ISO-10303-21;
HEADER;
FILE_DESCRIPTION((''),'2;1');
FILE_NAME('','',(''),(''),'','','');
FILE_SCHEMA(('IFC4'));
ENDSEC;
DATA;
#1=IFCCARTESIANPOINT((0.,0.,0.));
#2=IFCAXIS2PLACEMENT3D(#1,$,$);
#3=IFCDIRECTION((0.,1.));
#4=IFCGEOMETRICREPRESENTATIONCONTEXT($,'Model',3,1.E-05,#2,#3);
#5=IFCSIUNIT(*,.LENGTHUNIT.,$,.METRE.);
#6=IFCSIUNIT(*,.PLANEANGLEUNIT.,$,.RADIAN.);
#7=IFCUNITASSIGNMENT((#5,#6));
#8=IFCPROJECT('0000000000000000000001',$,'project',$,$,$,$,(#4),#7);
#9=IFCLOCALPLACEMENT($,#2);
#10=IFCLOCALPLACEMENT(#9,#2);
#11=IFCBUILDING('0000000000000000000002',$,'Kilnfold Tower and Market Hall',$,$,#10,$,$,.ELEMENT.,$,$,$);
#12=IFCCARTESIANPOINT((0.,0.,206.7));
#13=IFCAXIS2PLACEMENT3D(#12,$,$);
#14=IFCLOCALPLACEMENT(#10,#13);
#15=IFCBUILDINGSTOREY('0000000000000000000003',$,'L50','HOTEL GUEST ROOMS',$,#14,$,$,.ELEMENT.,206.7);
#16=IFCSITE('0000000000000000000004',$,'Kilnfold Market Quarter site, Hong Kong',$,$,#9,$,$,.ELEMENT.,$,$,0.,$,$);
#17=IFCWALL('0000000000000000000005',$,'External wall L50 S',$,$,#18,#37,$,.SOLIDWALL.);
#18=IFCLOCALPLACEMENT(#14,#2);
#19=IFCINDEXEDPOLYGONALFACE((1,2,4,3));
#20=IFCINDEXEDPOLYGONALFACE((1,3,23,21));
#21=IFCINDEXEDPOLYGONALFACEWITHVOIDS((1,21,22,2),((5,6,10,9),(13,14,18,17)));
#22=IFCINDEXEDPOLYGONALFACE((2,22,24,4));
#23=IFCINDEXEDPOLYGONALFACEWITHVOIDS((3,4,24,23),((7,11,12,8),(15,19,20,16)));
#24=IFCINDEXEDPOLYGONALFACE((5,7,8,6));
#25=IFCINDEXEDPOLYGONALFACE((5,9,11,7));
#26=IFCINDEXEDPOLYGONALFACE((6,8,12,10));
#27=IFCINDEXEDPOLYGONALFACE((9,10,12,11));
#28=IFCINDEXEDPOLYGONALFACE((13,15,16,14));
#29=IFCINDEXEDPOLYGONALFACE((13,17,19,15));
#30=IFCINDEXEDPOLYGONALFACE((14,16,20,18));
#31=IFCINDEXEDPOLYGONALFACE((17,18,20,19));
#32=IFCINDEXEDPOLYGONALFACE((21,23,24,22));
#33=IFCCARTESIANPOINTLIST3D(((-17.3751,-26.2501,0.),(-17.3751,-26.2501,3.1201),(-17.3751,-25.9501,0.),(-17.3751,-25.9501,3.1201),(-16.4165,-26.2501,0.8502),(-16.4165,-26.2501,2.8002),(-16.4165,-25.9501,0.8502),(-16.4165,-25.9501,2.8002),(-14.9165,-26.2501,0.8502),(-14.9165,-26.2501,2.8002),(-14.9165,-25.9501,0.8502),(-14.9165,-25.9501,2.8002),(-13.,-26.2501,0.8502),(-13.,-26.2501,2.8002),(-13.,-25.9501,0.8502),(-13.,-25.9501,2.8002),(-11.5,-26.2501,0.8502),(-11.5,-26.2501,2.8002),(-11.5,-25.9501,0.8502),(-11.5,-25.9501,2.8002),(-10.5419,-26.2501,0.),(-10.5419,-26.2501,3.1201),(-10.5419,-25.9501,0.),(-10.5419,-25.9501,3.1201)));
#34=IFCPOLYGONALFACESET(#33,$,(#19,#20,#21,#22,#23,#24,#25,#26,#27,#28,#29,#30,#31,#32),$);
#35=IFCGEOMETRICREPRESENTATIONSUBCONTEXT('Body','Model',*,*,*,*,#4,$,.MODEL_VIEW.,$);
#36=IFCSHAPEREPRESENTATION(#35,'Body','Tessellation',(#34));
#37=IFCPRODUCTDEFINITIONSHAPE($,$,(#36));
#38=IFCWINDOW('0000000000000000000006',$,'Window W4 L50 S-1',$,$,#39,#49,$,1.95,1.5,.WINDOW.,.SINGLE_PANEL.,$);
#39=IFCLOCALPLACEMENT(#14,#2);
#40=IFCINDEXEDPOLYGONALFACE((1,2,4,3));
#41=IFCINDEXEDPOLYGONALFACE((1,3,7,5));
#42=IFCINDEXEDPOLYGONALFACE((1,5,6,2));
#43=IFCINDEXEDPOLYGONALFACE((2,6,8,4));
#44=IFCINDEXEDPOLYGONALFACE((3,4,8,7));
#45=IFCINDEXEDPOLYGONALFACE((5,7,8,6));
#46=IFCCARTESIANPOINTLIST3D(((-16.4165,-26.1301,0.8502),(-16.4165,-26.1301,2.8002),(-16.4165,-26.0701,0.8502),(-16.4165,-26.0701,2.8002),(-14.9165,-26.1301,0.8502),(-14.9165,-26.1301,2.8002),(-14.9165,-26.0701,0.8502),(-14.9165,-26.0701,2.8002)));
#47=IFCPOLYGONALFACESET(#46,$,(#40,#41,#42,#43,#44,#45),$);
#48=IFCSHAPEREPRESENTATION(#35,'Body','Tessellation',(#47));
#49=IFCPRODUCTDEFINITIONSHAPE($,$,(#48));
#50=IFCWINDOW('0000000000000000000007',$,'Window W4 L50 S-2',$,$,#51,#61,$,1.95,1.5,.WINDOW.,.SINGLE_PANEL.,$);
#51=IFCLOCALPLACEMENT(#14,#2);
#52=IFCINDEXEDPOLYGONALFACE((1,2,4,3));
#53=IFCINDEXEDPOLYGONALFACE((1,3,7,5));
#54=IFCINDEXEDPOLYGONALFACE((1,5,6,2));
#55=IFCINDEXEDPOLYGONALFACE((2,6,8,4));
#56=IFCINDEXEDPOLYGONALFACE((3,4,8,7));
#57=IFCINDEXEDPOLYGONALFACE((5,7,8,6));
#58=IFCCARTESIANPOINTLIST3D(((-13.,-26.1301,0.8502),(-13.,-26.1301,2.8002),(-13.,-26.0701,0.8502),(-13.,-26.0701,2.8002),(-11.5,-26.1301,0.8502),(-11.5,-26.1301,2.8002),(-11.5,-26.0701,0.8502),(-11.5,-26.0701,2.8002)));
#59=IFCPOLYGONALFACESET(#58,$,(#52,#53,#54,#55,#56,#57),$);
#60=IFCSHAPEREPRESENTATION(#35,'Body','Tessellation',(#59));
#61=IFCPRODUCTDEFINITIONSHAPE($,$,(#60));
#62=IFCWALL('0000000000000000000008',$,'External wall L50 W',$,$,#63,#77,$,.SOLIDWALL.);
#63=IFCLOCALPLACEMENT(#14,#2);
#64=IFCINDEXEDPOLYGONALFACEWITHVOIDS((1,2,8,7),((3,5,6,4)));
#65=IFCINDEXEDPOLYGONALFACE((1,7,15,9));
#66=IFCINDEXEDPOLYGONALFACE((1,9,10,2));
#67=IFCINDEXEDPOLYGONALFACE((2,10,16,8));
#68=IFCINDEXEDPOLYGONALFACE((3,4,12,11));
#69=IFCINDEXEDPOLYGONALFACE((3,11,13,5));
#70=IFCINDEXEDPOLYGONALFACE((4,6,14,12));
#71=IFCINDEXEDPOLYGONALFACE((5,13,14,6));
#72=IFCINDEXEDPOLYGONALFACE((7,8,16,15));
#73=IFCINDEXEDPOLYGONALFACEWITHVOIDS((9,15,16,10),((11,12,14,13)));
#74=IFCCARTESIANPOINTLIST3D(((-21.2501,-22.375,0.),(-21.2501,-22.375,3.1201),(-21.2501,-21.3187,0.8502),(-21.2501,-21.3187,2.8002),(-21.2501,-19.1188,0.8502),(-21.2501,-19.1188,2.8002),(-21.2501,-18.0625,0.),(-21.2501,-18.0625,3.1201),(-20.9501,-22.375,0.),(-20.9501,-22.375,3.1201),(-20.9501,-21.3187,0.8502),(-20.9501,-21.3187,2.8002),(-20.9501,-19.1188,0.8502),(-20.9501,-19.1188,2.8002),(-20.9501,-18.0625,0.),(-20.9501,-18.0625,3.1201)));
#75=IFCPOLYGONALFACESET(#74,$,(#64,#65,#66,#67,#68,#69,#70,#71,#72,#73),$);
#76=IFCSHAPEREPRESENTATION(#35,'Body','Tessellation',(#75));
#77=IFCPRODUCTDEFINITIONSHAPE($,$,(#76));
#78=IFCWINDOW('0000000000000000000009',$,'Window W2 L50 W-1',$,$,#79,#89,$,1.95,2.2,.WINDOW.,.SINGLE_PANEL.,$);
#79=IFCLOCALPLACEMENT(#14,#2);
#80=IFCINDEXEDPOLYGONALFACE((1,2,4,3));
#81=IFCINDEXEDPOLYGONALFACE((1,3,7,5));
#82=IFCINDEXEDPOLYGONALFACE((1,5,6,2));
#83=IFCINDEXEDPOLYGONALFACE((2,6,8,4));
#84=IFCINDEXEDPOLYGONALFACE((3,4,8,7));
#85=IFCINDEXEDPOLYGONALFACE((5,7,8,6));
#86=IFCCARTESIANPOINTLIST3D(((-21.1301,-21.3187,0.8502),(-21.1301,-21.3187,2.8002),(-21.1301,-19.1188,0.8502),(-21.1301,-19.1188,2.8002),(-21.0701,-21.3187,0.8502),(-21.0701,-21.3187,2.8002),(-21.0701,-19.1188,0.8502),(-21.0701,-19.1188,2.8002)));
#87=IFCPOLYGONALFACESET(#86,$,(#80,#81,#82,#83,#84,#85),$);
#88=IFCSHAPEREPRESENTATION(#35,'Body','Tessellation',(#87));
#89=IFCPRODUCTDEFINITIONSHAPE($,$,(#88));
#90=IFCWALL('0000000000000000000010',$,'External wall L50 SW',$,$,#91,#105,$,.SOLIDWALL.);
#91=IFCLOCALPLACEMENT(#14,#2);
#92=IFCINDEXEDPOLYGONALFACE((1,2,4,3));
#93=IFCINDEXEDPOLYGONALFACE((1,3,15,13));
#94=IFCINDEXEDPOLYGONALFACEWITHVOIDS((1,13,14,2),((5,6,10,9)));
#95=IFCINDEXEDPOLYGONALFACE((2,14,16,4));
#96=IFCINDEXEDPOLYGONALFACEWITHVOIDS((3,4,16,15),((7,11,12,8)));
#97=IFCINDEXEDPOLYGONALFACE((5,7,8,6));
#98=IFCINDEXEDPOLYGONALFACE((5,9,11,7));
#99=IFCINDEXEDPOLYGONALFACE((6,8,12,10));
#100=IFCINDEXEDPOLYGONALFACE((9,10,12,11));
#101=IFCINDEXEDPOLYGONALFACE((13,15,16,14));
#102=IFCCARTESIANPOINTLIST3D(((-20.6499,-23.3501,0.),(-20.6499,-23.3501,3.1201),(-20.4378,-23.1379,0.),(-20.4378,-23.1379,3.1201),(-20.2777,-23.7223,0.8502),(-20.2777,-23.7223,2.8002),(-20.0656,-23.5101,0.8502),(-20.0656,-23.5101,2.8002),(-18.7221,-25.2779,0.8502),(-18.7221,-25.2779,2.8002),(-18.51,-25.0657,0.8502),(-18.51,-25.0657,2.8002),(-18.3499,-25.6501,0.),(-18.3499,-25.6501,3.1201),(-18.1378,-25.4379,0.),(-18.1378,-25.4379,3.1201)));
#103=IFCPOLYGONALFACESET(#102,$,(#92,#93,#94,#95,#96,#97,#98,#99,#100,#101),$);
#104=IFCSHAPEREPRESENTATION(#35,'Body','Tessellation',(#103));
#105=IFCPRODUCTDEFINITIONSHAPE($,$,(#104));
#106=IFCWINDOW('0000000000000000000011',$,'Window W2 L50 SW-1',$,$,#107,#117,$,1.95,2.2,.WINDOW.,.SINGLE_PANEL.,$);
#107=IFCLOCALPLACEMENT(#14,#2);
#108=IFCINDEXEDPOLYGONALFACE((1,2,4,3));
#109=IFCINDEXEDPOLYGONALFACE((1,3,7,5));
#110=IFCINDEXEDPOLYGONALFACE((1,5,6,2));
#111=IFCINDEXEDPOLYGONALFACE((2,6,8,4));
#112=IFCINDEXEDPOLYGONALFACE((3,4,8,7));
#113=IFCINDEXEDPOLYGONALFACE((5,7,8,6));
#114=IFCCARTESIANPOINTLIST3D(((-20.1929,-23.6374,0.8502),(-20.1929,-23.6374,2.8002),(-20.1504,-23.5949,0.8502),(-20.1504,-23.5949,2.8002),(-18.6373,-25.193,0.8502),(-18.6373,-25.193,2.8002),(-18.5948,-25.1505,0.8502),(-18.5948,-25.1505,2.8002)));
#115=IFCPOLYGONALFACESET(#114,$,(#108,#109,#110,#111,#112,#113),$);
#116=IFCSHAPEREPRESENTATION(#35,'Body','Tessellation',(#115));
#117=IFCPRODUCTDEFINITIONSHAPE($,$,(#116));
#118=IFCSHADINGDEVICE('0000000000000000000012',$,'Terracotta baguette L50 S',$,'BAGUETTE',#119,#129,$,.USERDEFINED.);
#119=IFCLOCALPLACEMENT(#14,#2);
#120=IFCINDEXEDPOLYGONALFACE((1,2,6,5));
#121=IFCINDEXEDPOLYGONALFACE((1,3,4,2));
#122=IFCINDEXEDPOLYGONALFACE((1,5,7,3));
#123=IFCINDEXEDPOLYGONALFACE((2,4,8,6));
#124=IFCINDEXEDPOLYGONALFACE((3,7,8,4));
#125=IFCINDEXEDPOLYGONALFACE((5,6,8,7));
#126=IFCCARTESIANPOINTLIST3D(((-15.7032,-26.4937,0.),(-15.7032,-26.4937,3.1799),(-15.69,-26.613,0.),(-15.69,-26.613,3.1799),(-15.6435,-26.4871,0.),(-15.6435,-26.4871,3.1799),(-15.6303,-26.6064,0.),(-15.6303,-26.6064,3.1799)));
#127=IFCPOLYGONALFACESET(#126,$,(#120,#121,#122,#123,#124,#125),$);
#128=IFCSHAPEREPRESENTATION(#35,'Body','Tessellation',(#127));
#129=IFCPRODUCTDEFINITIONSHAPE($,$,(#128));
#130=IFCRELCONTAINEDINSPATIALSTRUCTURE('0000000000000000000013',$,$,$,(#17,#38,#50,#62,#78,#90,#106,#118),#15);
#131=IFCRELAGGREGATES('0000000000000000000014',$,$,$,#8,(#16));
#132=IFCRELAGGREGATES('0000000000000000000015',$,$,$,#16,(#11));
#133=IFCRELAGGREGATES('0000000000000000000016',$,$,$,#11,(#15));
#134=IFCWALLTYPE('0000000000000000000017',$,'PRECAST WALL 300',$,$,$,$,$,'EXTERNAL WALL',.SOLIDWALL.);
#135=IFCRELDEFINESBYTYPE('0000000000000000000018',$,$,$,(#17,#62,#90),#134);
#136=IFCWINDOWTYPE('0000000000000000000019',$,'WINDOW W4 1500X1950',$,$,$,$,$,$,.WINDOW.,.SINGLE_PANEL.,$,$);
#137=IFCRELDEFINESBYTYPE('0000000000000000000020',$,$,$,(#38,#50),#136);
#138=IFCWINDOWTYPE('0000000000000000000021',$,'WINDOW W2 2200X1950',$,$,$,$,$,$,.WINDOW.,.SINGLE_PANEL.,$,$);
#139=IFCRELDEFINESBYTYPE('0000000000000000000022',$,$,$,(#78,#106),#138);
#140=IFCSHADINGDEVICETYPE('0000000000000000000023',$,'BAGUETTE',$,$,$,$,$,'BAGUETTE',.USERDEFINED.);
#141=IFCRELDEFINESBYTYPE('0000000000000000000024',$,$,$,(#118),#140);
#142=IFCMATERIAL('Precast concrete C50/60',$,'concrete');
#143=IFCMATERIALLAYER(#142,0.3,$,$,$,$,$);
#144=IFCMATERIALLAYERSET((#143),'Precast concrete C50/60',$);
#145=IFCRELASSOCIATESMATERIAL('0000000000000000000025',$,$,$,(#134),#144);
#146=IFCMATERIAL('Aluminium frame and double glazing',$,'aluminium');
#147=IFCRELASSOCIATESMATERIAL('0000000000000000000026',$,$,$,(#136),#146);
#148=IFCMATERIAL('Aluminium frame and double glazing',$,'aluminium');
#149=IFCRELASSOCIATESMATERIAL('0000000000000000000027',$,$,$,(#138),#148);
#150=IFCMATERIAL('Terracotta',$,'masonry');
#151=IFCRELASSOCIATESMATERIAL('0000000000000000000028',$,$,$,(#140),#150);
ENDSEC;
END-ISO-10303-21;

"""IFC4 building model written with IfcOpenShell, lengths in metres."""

from ifc_helpers import new_model, si_unit, direction, frame, frame_2d, origin, origin_2d, place, context, subcontext, project, spatial, rectangle, extrude, source, transform, mapped, material, layer, layer_set, material_profile, profile_set, type_object, element, fill, save


model = new_model("IFC4")

# Units and contexts
model_context = context("Model", 3, precision=1e-05, world=origin(), true_north=direction((0.0, 1.0)))
body_context = subcontext(model_context, "Body", "Model", "MODEL_VIEW")
ifc_project = project(units=[si_unit("LENGTHUNIT", "METRE"), si_unit("PLANEANGLEUNIT", "RADIAN")], contexts=[model_context])

# Site, building, storey
site_placement = place(None, origin())
site = spatial("IfcSite", under=ifc_project, at=site_placement, Name="Kilnfold Market Quarter site, Hong Kong", CompositionType="ELEMENT", RefElevation=0.0)
building_placement = place(site_placement, origin())
building = spatial("IfcBuilding", under=site, at=building_placement, Name="Kilnfold Tower and Market Hall", CompositionType="ELEMENT")
storey_placement = place(building_placement, frame((0.0, 0.0, 206.7)))
storey = spatial("IfcBuildingStorey", under=building, at=storey_placement, Name="L50", Description="HOTEL GUEST ROOMS", CompositionType="ELEMENT", Elevation=206.7)

# Wall, openings, windows
ifc_material_1 = material(Name="Precast concrete C50/60", Category="concrete")
ifc_layer_1 = layer(ifc_material_1, 0.3)
ifc_layer_set_1 = layer_set([ifc_layer_1], Name="Precast concrete C50/60")
wall_type_1 = type_object("IfcWallType", Name="PRECAST WALL 300", ElementType="EXTERNAL WALL", PredefinedType="SOLIDWALL", material=ifc_layer_set_1)
shared_shape_1 = source(origin(), body_context, "Body", "SweptSolid", [
    extrude(rectangle(XDim=6.8333, YDim=0.3, at=frame_2d((3.4165, 0.0))), origin(), (0.0, 0.0, 1.0), 3.1201),
])
wall_1_placement = place(storey_placement, frame((-17.375, -26.1001, 0.0), z_axis=(0.0, 0.0, 1.0), x_axis=(1.0, 0.0, 0.0)))
wall_1 = element("IfcWall", 1, at=wall_1_placement, inside=storey, type_object=wall_type_1, Name="External wall L50 S", PredefinedType="SOLIDWALL", context=body_context, shape_type="MappedRepresentation", body=[
    mapped(shared_shape_1, transform((0.0, 0.0, 0.0))),
])
opening_1_placement = place(wall_1_placement, frame((0.9585, 0.0, 0.8501)))
opening_1 = element("IfcOpeningElement", 2, at=opening_1_placement, cuts=wall_1, PredefinedType="OPENING", context=body_context, shape_type="SweptSolid", body=[
    extrude(rectangle(XDim=1.5, YDim=1.95, at=frame_2d((0.75, 0.9751))), frame((0.0, 0.1602, 0.0), z_axis=(0.0, -1.0, 0.0), x_axis=(1.0, 0.0, 0.0)), (0.0, 0.0, 1.0), 0.3201),
])
opening_2_placement = place(wall_1_placement, frame((4.375, 0.0, 0.8501)))
opening_2 = element("IfcOpeningElement", 3, at=opening_2_placement, cuts=wall_1, PredefinedType="OPENING", context=body_context, shape_type="SweptSolid", body=[
    extrude(rectangle(XDim=1.5, YDim=1.95, at=frame_2d((0.75, 0.9751))), frame((0.0, 0.1602, 0.0), z_axis=(0.0, -1.0, 0.0), x_axis=(1.0, 0.0, 0.0)), (0.0, 0.0, 1.0), 0.3201),
])
ifc_material_2 = material(Name="Aluminium frame and double glazing", Category="aluminium")
window_type_1 = type_object("IfcWindowType", Name="WINDOW W4 1500X1950", PartitioningType="SINGLE_PANEL", PredefinedType="WINDOW", material=ifc_material_2)
window_1_placement = place(opening_1_placement, origin())
window_1 = element("IfcWindow", 4, at=window_1_placement, inside=storey, type_object=window_type_1, Name="Window W4 L50 S-1", OverallHeight=1.95, OverallWidth=1.5, PartitioningType="SINGLE_PANEL", PredefinedType="WINDOW", context=body_context, shape_type="SweptSolid", body=[
    extrude(rectangle(XDim=1.5, YDim=1.95, at=frame_2d((0.75, 0.9751))), frame((0.0, 0.03, 0.0), z_axis=(0.0, -1.0, 0.0), x_axis=(1.0, 0.0, 0.0)), (0.0, 0.0, 1.0), 0.0601),
])
fill(opening_1, window_1)
window_2_placement = place(opening_2_placement, origin())
window_2 = element("IfcWindow", 5, at=window_2_placement, inside=storey, type_object=window_type_1, Name="Window W4 L50 S-2", OverallHeight=1.95, OverallWidth=1.5, PartitioningType="SINGLE_PANEL", PredefinedType="WINDOW", context=body_context, shape_type="SweptSolid", body=[
    extrude(rectangle(XDim=1.5, YDim=1.95, at=frame_2d((0.75, 0.9751))), frame((0.0, 0.03, 0.0), z_axis=(0.0, -1.0, 0.0), x_axis=(1.0, 0.0, 0.0)), (0.0, 0.0, 1.0), 0.0601),
])
fill(opening_2, window_2)

# Walls, openings, windows
shared_shape_2 = source(origin(), body_context, "Body", "SweptSolid", [
    extrude(rectangle(XDim=4.3125, YDim=0.3, at=frame_2d((2.1562, 0.0))), origin(), (0.0, 0.0, 1.0), 3.1201),
])
wall_2_placement = place(storey_placement, frame((-21.1001, -18.0625, 0.0), z_axis=(0.0, 0.0, 1.0), x_axis=(0.0, -1.0, 0.0)))
wall_2 = element("IfcWall", 6, at=wall_2_placement, inside=storey, type_object=wall_type_1, Name="External wall L50 W", PredefinedType="SOLIDWALL", context=body_context, shape_type="MappedRepresentation", body=[
    mapped(shared_shape_2, transform((0.0, 0.0, 0.0))),
])
opening_3_placement = place(wall_2_placement, frame((1.0562, 0.0, 0.8501)))
opening_3 = element("IfcOpeningElement", 7, at=opening_3_placement, cuts=wall_2, PredefinedType="OPENING", context=body_context, shape_type="SweptSolid", body=[
    extrude(rectangle(XDim=2.2, YDim=1.95, at=frame_2d((1.1001, 0.9751))), frame((0.0, 0.1602, 0.0), z_axis=(0.0, -1.0, 0.0), x_axis=(1.0, 0.0, 0.0)), (0.0, 0.0, 1.0), 0.3201),
])
ifc_material_3 = material(Name="Aluminium frame and double glazing", Category="aluminium")
window_type_2 = type_object("IfcWindowType", Name="WINDOW W2 2200X1950", PartitioningType="SINGLE_PANEL", PredefinedType="WINDOW", material=ifc_material_3)
window_3_placement = place(opening_3_placement, origin())
window_3 = element("IfcWindow", 8, at=window_3_placement, inside=storey, type_object=window_type_2, Name="Window W2 L50 W-1", OverallHeight=1.95, OverallWidth=2.2, PartitioningType="SINGLE_PANEL", PredefinedType="WINDOW", context=body_context, shape_type="SweptSolid", body=[
    extrude(rectangle(XDim=2.2, YDim=1.95, at=frame_2d((1.1001, 0.9751))), frame((0.0, 0.03, 0.0), z_axis=(0.0, -1.0, 0.0), x_axis=(1.0, 0.0, 0.0)), (0.0, 0.0, 1.0), 0.0601),
])
fill(opening_3, window_3)
shared_shape_3 = source(origin(), body_context, "Body", "SweptSolid", [
    extrude(rectangle(XDim=3.2527, YDim=0.3, at=frame_2d((1.6265, 0.0))), origin(), (0.0, 0.0, 1.0), 3.1201),
])
wall_3_placement = place(storey_placement, frame((-20.5439, -23.2439, 0.0), z_axis=(0.0, 0.0, 1.0), x_axis=(0.707107, -0.707107, 0.0)))
wall_3 = element("IfcWall", 9, at=wall_3_placement, inside=storey, type_object=wall_type_1, Name="External wall L50 SW", PredefinedType="SOLIDWALL", context=body_context, shape_type="MappedRepresentation", body=[
    mapped(shared_shape_3, transform((0.0, 0.0, 0.0))),
])
opening_4_placement = place(wall_3_placement, frame((0.5264, 0.0, 0.8501)))
opening_4 = element("IfcOpeningElement", 10, at=opening_4_placement, cuts=wall_3, PredefinedType="OPENING", context=body_context, shape_type="SweptSolid", body=[
    extrude(rectangle(XDim=2.2, YDim=1.95, at=frame_2d((1.1001, 0.9751))), frame((0.0, 0.1602, 0.0), z_axis=(0.0, -1.0, 0.0), x_axis=(1.0, 0.0, 0.0)), (0.0, 0.0, 1.0), 0.3201),
])
window_4_placement = place(opening_4_placement, origin())
window_4 = element("IfcWindow", 11, at=window_4_placement, inside=storey, type_object=window_type_2, Name="Window W2 L50 SW-1", OverallHeight=1.95, OverallWidth=2.2, PartitioningType="SINGLE_PANEL", PredefinedType="WINDOW", context=body_context, shape_type="SweptSolid", body=[
    extrude(rectangle(XDim=2.2, YDim=1.95, at=frame_2d((1.1001, 0.9751))), frame((0.0, 0.03, 0.0), z_axis=(0.0, -1.0, 0.0), x_axis=(1.0, 0.0, 0.0)), (0.0, 0.0, 1.0), 0.0601),
])
fill(opening_4, window_4)

# Shading device
ifc_material_4 = material(Name="Terracotta", Category="masonry")
ifc_material_profile_1 = material_profile(ifc_material_4, rectangle(XDim=0.0601, YDim=0.1201, at=origin_2d()), Name="BAG 60x120")
ifc_profile_set_1 = profile_set([ifc_material_profile_1], Name="Terracotta")
shading_device_type = type_object("IfcShadingDeviceType", Name="BAGUETTE", ElementType="BAGUETTE", PredefinedType="USERDEFINED", material=ifc_profile_set_1)
shared_shape_4 = source(origin(), body_context, "Body", "SweptSolid", [
    extrude(rectangle(XDim=0.0601, YDim=0.1201, at=origin_2d()), origin(), (0.0, 0.0, 1.0), 3.1799),
])
shading_device_placement = place(storey_placement, frame((-15.6667, -26.55, 0.0), z_axis=(0.0, 0.0, 1.0), x_axis=(0.993931, 0.110001, 0.0)))
element("IfcShadingDevice", 12, at=shading_device_placement, inside=storey, type_object=shading_device_type, Name="Terracotta baguette L50 S", ObjectType="BAGUETTE", PredefinedType="USERDEFINED", context=body_context, shape_type="MappedRepresentation", body=[
    mapped(shared_shape_4, transform((0.0, 0.0, 0.0))),
])

save(model, "model.ifc")
